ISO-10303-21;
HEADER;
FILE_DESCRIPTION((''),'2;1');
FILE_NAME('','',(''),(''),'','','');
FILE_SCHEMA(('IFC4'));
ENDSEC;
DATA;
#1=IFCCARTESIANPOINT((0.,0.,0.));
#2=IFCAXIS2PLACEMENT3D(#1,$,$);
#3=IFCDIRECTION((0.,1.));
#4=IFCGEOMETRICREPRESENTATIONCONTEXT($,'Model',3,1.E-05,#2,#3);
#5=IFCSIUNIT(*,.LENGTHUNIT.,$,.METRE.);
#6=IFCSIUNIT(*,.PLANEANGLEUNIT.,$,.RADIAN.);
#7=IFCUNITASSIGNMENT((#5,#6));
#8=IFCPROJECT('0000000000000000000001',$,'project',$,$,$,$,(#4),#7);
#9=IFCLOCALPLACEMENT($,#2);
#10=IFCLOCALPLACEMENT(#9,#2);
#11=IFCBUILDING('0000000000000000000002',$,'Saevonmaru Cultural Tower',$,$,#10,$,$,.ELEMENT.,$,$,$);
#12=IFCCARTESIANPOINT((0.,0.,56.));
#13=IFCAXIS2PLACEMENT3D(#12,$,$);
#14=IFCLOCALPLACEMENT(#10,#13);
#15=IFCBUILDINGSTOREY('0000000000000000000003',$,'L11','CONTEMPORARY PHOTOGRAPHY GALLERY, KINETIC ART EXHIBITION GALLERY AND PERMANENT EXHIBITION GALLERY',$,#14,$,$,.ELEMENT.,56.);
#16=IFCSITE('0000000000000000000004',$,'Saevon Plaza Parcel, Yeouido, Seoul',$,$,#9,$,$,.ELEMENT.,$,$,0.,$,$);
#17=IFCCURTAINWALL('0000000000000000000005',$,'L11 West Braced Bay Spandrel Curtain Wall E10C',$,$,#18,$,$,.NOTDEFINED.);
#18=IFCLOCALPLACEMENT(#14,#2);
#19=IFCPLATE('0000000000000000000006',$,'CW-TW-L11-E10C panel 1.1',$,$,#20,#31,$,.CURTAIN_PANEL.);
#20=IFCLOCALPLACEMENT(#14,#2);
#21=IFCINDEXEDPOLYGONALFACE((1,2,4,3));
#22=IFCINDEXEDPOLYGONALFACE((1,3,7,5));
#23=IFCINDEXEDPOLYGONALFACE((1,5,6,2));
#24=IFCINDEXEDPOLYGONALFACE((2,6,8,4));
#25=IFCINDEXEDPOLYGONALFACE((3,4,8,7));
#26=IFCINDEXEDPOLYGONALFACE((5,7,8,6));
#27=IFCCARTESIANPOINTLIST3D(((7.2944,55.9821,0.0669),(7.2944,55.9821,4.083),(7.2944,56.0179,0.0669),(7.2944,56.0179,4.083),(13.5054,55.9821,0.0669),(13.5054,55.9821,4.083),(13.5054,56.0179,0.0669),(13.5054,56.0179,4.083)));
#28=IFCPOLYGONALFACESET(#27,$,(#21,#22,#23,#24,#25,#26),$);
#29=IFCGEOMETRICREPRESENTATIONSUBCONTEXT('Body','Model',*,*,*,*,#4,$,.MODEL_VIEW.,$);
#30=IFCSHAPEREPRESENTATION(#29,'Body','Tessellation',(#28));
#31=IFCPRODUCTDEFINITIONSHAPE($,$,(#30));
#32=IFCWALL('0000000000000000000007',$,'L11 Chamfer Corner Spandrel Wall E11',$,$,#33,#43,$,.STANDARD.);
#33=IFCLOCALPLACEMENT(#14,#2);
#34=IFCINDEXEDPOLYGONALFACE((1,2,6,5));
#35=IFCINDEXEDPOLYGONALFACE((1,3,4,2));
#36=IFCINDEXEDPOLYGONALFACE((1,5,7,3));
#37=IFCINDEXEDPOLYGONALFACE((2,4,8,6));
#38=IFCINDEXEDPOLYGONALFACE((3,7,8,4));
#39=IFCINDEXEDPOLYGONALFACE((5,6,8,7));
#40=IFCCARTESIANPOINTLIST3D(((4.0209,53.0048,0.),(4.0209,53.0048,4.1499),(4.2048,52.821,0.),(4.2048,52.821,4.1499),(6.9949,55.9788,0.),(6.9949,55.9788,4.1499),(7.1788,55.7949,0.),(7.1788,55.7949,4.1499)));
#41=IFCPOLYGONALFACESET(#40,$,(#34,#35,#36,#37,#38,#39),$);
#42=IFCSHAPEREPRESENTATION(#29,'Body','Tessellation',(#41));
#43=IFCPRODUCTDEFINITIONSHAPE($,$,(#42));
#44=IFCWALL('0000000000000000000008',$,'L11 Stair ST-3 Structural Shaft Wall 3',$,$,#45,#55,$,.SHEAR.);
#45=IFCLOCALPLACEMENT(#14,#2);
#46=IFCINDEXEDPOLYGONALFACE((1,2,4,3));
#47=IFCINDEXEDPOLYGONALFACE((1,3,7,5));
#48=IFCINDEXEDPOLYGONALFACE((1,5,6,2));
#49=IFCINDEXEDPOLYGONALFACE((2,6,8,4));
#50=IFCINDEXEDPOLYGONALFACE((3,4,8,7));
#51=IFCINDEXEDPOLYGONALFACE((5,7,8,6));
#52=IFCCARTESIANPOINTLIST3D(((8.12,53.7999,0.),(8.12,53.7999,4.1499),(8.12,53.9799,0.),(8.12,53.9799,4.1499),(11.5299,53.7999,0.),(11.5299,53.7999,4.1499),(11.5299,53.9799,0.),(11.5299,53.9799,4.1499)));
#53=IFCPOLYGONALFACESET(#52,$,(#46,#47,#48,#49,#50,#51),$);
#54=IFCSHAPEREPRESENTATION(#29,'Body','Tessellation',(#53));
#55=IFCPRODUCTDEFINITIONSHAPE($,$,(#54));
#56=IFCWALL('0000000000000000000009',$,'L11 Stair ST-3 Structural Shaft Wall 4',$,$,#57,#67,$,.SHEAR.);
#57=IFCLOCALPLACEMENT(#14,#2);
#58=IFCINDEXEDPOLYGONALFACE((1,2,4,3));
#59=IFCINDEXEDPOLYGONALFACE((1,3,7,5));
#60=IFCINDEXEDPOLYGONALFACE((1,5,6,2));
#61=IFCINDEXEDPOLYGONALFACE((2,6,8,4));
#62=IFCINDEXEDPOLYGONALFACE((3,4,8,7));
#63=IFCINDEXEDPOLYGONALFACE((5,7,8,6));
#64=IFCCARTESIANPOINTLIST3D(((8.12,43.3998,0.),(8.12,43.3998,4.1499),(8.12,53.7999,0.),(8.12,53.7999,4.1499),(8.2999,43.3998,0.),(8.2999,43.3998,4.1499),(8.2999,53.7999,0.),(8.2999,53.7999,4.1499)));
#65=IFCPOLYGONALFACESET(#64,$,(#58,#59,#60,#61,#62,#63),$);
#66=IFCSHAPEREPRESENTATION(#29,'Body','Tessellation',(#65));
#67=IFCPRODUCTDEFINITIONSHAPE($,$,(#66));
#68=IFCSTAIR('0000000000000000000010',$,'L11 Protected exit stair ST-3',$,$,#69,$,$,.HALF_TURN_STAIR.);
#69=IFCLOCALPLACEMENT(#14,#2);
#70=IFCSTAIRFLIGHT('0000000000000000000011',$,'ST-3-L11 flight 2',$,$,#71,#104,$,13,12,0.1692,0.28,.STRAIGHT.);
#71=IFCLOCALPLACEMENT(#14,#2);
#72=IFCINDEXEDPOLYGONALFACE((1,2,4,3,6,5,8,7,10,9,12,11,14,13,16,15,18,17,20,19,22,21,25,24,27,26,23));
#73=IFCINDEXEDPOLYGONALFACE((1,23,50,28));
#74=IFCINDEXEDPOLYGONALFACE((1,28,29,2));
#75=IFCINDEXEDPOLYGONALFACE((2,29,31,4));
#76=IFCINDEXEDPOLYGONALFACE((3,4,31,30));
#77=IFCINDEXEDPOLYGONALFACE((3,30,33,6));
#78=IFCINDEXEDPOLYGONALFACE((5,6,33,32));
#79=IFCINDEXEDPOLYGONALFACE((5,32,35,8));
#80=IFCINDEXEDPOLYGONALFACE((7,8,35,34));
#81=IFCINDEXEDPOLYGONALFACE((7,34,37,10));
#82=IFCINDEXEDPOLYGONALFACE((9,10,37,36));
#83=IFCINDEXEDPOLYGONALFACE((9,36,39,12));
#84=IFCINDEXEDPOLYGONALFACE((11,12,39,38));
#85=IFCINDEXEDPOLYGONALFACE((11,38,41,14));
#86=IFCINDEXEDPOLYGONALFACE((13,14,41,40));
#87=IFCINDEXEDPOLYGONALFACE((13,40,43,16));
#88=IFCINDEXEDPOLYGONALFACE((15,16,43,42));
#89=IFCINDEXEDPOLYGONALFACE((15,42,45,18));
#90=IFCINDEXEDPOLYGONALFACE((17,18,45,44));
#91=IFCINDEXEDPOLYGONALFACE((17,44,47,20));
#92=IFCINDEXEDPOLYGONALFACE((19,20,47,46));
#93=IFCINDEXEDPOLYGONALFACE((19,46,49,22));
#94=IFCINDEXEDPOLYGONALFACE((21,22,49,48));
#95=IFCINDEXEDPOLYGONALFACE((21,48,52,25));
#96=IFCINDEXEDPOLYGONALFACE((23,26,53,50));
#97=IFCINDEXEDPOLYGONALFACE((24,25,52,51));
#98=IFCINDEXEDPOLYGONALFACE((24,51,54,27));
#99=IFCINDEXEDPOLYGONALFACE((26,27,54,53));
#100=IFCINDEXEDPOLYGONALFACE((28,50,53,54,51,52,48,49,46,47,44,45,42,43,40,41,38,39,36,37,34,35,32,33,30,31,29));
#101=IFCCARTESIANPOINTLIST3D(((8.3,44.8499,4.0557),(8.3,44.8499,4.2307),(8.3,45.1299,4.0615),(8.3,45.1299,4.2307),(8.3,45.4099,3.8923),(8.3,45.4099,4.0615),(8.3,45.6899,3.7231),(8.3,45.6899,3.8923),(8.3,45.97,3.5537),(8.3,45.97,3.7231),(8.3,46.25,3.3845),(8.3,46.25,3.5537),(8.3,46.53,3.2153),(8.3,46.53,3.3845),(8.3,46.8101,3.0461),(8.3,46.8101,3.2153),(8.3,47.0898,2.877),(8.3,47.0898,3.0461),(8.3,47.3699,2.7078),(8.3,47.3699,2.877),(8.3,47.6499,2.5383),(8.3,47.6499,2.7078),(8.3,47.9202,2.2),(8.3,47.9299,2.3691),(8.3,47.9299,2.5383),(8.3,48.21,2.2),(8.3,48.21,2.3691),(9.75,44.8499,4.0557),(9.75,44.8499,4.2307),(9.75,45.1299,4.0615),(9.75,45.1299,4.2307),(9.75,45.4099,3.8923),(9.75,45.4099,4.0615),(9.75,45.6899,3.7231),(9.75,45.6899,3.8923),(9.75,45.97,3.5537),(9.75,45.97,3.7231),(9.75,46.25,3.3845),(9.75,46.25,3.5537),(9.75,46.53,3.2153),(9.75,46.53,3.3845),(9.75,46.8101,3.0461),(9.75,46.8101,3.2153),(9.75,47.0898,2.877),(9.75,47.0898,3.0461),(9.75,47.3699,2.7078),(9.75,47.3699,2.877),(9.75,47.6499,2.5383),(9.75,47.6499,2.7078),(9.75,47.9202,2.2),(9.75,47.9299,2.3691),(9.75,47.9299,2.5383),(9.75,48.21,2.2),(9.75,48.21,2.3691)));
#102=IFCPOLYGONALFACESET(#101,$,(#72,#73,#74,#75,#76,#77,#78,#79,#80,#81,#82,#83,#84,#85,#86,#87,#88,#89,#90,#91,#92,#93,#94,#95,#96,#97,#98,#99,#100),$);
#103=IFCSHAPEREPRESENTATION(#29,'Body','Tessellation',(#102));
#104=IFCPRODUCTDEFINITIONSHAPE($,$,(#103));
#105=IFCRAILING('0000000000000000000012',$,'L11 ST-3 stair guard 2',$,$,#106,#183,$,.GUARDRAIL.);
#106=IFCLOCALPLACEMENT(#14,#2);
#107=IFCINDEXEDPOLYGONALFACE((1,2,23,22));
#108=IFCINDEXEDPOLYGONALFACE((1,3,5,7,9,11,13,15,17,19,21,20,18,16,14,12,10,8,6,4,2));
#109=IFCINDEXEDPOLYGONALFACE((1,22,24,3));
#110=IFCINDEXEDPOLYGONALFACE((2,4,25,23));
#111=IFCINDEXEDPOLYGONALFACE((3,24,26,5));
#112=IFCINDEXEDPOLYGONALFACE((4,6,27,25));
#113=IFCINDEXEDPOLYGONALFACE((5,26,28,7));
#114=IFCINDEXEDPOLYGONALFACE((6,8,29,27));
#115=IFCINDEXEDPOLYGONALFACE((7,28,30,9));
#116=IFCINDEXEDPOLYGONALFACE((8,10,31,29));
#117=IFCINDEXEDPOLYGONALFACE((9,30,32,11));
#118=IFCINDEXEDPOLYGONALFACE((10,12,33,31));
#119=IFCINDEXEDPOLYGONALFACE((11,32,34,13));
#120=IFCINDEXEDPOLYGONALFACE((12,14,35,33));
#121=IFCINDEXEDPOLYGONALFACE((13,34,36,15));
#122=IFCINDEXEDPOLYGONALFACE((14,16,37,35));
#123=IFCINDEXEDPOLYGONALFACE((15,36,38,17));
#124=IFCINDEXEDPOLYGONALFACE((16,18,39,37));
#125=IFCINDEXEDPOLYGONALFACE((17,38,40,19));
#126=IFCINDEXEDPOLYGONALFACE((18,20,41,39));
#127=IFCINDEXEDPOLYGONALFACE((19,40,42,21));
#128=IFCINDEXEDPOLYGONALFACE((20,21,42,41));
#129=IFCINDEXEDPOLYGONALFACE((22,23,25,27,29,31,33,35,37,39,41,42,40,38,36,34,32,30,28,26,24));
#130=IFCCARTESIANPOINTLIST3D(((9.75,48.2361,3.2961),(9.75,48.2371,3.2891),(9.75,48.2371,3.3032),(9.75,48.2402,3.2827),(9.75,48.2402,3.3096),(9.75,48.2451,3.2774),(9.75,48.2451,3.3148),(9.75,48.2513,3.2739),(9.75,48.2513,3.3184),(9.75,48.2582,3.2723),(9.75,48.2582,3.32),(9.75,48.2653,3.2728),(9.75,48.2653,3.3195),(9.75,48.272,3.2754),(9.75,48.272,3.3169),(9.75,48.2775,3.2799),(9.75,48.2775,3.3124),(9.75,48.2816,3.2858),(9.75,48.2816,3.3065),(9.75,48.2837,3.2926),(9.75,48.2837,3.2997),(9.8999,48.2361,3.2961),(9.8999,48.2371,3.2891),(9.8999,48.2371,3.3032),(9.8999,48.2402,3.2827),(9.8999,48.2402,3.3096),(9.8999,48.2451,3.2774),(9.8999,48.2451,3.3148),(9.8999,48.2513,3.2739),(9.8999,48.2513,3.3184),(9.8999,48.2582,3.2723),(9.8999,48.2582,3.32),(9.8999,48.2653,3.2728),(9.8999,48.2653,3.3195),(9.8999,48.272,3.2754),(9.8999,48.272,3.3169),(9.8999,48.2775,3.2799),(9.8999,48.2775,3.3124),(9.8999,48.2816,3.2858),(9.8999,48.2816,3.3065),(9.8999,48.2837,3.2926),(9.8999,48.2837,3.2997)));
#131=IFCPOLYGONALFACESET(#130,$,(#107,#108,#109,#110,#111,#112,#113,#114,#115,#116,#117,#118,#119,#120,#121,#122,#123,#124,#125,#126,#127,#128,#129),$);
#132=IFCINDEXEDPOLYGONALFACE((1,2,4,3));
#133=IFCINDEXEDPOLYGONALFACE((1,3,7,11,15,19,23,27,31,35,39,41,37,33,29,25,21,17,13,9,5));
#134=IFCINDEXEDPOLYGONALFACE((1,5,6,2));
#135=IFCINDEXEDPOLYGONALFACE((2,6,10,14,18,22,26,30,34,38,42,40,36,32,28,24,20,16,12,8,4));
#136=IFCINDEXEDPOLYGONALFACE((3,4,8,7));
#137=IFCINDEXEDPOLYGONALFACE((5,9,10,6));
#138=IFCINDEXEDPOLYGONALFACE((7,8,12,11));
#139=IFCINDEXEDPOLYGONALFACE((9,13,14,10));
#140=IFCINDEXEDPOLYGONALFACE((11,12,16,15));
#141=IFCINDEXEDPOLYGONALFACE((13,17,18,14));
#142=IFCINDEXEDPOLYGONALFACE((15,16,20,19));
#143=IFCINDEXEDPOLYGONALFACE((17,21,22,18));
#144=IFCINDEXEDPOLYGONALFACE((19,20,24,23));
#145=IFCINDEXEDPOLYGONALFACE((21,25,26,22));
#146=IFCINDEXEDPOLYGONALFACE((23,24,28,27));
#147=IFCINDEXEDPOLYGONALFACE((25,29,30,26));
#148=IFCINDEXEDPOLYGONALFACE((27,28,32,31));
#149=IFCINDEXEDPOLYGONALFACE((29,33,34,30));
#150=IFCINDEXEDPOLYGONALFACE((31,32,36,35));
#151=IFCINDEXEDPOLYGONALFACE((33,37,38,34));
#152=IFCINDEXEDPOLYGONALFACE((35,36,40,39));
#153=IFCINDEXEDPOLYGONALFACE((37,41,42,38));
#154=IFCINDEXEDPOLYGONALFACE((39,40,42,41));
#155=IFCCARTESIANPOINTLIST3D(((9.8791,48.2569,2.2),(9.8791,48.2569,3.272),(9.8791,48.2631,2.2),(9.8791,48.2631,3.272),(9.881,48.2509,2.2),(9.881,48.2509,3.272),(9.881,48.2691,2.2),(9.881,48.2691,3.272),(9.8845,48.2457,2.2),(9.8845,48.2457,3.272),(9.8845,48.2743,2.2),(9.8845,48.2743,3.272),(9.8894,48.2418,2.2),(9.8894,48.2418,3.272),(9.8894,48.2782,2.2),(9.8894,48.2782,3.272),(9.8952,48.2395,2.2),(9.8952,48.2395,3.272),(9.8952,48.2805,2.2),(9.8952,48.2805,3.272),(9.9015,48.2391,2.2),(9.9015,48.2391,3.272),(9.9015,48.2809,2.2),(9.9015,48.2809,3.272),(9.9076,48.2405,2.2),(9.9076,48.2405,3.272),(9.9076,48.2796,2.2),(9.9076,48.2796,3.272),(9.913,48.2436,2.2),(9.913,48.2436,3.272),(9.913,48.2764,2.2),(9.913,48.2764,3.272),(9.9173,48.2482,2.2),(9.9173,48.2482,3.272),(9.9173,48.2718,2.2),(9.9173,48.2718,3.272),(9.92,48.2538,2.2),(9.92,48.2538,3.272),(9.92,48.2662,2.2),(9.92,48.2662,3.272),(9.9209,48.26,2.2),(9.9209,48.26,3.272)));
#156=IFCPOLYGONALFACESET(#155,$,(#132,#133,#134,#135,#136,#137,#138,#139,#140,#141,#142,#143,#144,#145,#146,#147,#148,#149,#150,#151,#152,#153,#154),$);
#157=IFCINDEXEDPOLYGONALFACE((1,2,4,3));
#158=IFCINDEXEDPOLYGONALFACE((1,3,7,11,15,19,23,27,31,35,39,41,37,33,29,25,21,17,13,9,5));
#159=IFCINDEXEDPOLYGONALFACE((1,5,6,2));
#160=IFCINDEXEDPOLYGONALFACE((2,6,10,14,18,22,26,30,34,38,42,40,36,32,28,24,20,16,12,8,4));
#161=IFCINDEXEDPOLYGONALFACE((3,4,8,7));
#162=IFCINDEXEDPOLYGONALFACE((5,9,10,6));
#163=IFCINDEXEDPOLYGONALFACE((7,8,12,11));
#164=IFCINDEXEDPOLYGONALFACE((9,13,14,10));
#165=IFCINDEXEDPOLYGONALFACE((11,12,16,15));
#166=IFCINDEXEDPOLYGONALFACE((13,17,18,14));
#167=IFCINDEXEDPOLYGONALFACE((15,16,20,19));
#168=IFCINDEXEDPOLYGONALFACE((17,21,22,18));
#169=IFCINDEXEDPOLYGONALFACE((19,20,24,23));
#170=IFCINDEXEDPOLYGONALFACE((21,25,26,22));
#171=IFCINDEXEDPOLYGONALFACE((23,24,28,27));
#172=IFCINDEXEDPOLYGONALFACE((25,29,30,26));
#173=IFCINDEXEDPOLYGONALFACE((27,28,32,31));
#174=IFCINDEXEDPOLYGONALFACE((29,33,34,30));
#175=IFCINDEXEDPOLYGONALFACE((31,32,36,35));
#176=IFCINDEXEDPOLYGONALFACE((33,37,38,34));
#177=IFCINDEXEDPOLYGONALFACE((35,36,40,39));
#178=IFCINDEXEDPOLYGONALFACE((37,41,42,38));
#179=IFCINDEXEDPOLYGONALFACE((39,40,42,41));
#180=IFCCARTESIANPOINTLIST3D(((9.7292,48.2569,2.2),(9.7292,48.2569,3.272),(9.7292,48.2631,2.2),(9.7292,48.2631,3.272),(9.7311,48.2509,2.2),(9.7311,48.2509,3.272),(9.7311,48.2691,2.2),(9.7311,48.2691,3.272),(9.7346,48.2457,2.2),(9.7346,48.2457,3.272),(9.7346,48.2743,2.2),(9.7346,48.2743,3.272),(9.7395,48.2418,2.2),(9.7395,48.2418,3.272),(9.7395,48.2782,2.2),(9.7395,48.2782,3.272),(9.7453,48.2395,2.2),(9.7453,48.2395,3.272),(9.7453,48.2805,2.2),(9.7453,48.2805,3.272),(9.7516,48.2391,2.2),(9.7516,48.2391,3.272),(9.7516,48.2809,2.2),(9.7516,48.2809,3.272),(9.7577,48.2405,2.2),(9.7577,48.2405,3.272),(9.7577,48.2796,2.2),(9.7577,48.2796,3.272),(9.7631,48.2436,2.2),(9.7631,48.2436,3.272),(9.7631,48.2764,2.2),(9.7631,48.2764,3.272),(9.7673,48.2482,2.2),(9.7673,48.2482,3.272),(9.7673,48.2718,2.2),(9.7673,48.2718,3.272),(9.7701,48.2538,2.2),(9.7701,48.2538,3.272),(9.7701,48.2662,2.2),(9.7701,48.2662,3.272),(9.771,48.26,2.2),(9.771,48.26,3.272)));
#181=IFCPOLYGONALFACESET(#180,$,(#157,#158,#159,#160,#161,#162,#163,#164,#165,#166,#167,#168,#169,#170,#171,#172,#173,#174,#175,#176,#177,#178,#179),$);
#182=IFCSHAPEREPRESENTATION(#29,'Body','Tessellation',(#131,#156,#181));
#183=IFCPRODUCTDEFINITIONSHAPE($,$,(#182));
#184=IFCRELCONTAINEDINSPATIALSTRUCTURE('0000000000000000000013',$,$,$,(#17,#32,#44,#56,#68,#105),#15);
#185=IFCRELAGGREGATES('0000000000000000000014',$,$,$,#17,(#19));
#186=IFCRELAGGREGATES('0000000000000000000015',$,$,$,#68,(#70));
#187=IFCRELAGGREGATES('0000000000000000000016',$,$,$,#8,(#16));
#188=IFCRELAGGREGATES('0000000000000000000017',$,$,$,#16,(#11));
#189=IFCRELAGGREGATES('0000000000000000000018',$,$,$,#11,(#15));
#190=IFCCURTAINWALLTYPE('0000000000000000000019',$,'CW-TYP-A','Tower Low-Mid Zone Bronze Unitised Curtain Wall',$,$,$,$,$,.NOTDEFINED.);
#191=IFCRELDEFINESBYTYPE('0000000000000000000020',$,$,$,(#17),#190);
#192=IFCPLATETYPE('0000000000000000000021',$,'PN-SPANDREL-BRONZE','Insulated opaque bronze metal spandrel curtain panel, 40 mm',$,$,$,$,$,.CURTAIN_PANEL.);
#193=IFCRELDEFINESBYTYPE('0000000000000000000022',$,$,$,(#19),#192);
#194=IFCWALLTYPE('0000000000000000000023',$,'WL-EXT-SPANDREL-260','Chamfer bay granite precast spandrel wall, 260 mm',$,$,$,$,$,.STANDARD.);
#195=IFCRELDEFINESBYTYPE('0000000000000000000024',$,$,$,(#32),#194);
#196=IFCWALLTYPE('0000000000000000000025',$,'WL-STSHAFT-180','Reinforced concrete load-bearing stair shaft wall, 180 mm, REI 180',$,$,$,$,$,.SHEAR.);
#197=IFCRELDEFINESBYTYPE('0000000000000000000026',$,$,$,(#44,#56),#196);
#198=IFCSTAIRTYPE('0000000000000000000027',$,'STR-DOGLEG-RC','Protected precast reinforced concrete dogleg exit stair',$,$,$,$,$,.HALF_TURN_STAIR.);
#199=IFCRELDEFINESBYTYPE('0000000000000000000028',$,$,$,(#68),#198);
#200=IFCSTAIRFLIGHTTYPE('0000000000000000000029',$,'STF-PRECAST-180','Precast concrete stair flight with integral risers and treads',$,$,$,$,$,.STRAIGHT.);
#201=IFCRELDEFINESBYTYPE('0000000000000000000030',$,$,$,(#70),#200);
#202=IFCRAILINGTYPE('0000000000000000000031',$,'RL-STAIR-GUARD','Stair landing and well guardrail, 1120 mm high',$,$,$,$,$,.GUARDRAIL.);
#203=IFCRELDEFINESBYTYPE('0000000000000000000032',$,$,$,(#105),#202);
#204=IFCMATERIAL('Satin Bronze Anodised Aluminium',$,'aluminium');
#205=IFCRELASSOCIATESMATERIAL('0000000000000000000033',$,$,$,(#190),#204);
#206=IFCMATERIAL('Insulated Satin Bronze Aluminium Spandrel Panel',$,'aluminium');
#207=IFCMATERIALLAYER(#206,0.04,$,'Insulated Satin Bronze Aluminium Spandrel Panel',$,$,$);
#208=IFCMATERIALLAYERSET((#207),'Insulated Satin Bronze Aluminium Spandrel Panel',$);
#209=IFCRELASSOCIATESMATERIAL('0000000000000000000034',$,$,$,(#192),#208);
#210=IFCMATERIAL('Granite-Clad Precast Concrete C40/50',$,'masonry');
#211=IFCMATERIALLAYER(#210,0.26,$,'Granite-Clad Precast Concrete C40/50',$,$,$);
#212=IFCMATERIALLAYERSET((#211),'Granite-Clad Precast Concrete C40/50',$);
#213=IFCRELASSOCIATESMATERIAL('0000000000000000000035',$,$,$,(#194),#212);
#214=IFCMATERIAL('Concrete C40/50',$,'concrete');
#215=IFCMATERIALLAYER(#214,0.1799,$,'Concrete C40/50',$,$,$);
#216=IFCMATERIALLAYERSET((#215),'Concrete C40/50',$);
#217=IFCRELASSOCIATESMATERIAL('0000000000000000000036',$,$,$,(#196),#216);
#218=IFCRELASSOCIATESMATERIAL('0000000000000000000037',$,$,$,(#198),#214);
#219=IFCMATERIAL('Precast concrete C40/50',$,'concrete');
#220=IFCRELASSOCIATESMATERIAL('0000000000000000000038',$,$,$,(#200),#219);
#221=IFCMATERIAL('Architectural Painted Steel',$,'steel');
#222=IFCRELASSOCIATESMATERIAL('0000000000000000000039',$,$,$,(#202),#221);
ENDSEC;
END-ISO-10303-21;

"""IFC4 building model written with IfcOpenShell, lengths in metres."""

from ifc_helpers import new_model, si_unit, direction, frame, frame_2d, origin, origin_2d, place, context, subcontext, project, spatial, polyline, rectangle, circle, outline, extrude, material, layer, layer_set, type_object, element, aggregate, save


model = new_model("IFC4")

# Units and contexts
model_context = context("Model", 3, precision=1e-05, world=origin(), true_north=direction((0.0, 1.0)))
body_context = subcontext(model_context, "Body", "Model", "MODEL_VIEW")
ifc_project = project(units=[si_unit("LENGTHUNIT", "METRE"), si_unit("PLANEANGLEUNIT", "RADIAN")], contexts=[model_context])

# Site, building, storey
site_placement = place(None, origin())
site = spatial("IfcSite", under=ifc_project, at=site_placement, Name="Saevon Plaza Parcel, Yeouido, Seoul", CompositionType="ELEMENT", RefElevation=0.0)
building_placement = place(site_placement, origin())
building = spatial("IfcBuilding", under=site, at=building_placement, Name="Saevonmaru Cultural Tower", CompositionType="ELEMENT")
storey_placement = place(building_placement, frame((0.0, 0.0, 56.0)))
storey = spatial("IfcBuildingStorey", under=building, at=storey_placement, Name="L11", Description="CONTEMPORARY PHOTOGRAPHY GALLERY, KINETIC ART EXHIBITION GALLERY AND PERMANENT EXHIBITION GALLERY", CompositionType="ELEMENT", Elevation=56.0)

# Curtain wall
ifc_material_1 = material(Name="Satin Bronze Anodised Aluminium", Category="aluminium")
curtain_wall_type = type_object("IfcCurtainWallType", Name="CW-TYP-A", Description="Tower Low-Mid Zone Bronze Unitised Curtain Wall", PredefinedType="NOTDEFINED", material=ifc_material_1)
curtain_wall_1_placement = place(storey_placement, origin())
curtain_wall_1 = element("IfcCurtainWall", 1, at=curtain_wall_1_placement, inside=storey, type_object=curtain_wall_type, Name="L11 West Braced Bay Spandrel Curtain Wall E10C", PredefinedType="NOTDEFINED")

# Plate
ifc_material_2 = material(Name="Insulated Satin Bronze Aluminium Spandrel Panel", Category="aluminium")
ifc_layer_1 = layer(ifc_material_2, 0.04, Name="Insulated Satin Bronze Aluminium Spandrel Panel")
ifc_layer_set_1 = layer_set([ifc_layer_1], Name="Insulated Satin Bronze Aluminium Spandrel Panel")
plate_type_1 = type_object("IfcPlateType", Name="PN-SPANDREL-BRONZE", Description="Insulated opaque bronze metal spandrel curtain panel, 40 mm", PredefinedType="CURTAIN_PANEL", material=ifc_layer_set_1)
plate_1_placement = place(storey_placement, frame((10.3999, 56.0, 0.0669), z_axis=(0.0, 0.0, 1.0), x_axis=(-1.0, 0.0, 0.0)))
plate_1 = element("IfcPlate", 2, at=plate_1_placement, type_object=plate_type_1, Name="CW-TW-L11-E10C panel 1.1", PredefinedType="CURTAIN_PANEL", context=body_context, shape_type="SweptSolid", body=[
    extrude(rectangle(XDim=6.2109, YDim=0.0359, at=origin_2d()), origin(), (0.0, 0.0, 1.0), 4.0161),
])
aggregate(curtain_wall_1, [plate_1])

# Walls
ifc_material_3 = material(Name="Granite-Clad Precast Concrete C40/50", Category="masonry")
ifc_layer_2 = layer(ifc_material_3, 0.26, Name="Granite-Clad Precast Concrete C40/50")
ifc_layer_set_2 = layer_set([ifc_layer_2], Name="Granite-Clad Precast Concrete C40/50")
wall_type_1 = type_object("IfcWallType", Name="WL-EXT-SPANDREL-260", Description="Chamfer bay granite precast spandrel wall, 260 mm", PredefinedType="STANDARD", material=ifc_layer_set_2)
wall_1_placement = place(storey_placement, frame((7.0869, 55.887, 0.0), z_axis=(0.0, 0.0, 1.0), x_axis=(-0.707107, -0.707107, 0.0)))
element("IfcWall", 3, at=wall_1_placement, inside=storey, type_object=wall_type_1, Name="L11 Chamfer Corner Spandrel Wall E11", PredefinedType="STANDARD", context=body_context, shape_type="SweptSolid", body=[
    extrude(rectangle(XDim=4.2058, YDim=0.26, at=frame_2d((2.103, 0.0))), origin(), (0.0, 0.0, 1.0), 4.1499),
])
ifc_material_4 = material(Name="Concrete C40/50", Category="concrete")
ifc_layer_3 = layer(ifc_material_4, 0.1799, Name="Concrete C40/50")
ifc_layer_set_3 = layer_set([ifc_layer_3], Name="Concrete C40/50")
wall_type_2 = type_object("IfcWallType", Name="WL-STSHAFT-180", Description="Reinforced concrete load-bearing stair shaft wall, 180 mm, REI 180", PredefinedType="SHEAR", material=ifc_layer_set_3)
wall_2_placement = place(storey_placement, frame((11.53, 53.8899, 0.0), z_axis=(0.0, 0.0, 1.0), x_axis=(-1.0, 0.0, 0.0)))
element("IfcWall", 4, at=wall_2_placement, inside=storey, type_object=wall_type_2, Name="L11 Stair ST-3 Structural Shaft Wall 3", PredefinedType="SHEAR", context=body_context, shape_type="SweptSolid", body=[
    extrude(rectangle(XDim=3.4099, YDim=0.1799, at=frame_2d((1.7051, 0.0))), origin(), (0.0, 0.0, 1.0), 4.1499),
])
wall_3_placement = place(storey_placement, frame((8.21, 53.8, 0.0), z_axis=(0.0, 0.0, 1.0), x_axis=(0.0, -1.0, 0.0)))
element("IfcWall", 5, at=wall_3_placement, inside=storey, type_object=wall_type_2, Name="L11 Stair ST-3 Structural Shaft Wall 4", PredefinedType="SHEAR", context=body_context, shape_type="SweptSolid", body=[
    extrude(rectangle(XDim=10.4001, YDim=0.1799, at=frame_2d((5.2002, 0.0))), origin(), (0.0, 0.0, 1.0), 4.1499),
])

# Stair, stair flight
stair_type = type_object("IfcStairType", Name="STR-DOGLEG-RC", Description="Protected precast reinforced concrete dogleg exit stair", PredefinedType="HALF_TURN_STAIR", material=ifc_material_4)
stair_placement = place(storey_placement, origin())
stair = element("IfcStair", 6, at=stair_placement, inside=storey, type_object=stair_type, Name="L11 Protected exit stair ST-3", PredefinedType="HALF_TURN_STAIR")
ifc_material_5 = material(Name="Precast concrete C40/50", Category="concrete")
stair_flight_type = type_object("IfcStairFlightType", Name="STF-PRECAST-180", Description="Precast concrete stair flight with integral risers and treads", PredefinedType="STRAIGHT", material=ifc_material_5)
stair_flight_placement = place(storey_placement, frame((9.0249, 48.21, 2.2), z_axis=(0.0, 0.0, 1.0), x_axis=(0.0, -1.0, 0.0)))
stair_flight = element("IfcStairFlight", 7, at=stair_flight_placement, type_object=stair_flight_type, Name="ST-3-L11 flight 2", NumberOfRisers=13, NumberOfTreads=12, PredefinedType="STRAIGHT", RiserHeight=0.1692, TreadLength=0.28, context=body_context, shape_type="SweptSolid", body=[
    extrude(outline(polyline([(0.0, 0.0), (0.0, 0.1692), (0.28, 0.1692), (0.28, 0.3384), (0.5601, 0.3384), (0.5601, 0.5078), (0.8401, 0.5078), (0.8401, 0.677), (1.1201, 0.677), (1.1201, 0.8462), (1.3999, 0.8462), (1.3999, 1.0154), (1.6799, 1.0154), (1.6799, 1.1846), (1.96, 1.1846), (1.96, 1.3538), (2.24, 1.3538), (2.24, 1.5232), (2.52, 1.5232), (2.52, 1.6924), (2.8, 1.6924), (2.8, 1.8616), (3.0801, 1.8616), (3.0801, 2.0308), (3.3601, 2.0308), (3.3601, 2.2), (3.3601, 1.8557), (0.2898, 0.0), (0.0, 0.0)])), frame((0.0, 0.7251, 0.0), z_axis=(0.0, -1.0, 0.0), x_axis=(1.0, 0.0, 0.0)), (0.0, 0.0, 1.0), 1.45),
])
aggregate(stair, [stair_flight])

# Railing
ifc_material_6 = material(Name="Architectural Painted Steel", Category="steel")
railing_type_1 = type_object("IfcRailingType", Name="RL-STAIR-GUARD", Description="Stair landing and well guardrail, 1120 mm high", PredefinedType="GUARDRAIL", material=ifc_material_6)
railing_1_placement = place(storey_placement, frame((9.8999, 48.26, 2.2)))
element("IfcRailing", 8, at=railing_1_placement, inside=storey, type_object=railing_type_1, Name="L11 ST-3 stair guard 2", PredefinedType="GUARDRAIL", context=body_context, shape_type="SweptSolid", body=[
    extrude(circle(Radius=0.0239, at=origin_2d()), frame((0.0, 0.0, 1.0962), z_axis=(-1.0, 0.0, 0.0), x_axis=(0.0, -1.0, 0.0)), (0.0, 0.0, 1.0), 0.1499),
    extrude(circle(Radius=0.021, at=origin_2d()), origin(), (0.0, 0.0, 1.0), 1.072),
    extrude(circle(Radius=0.021, at=origin_2d()), frame((-0.1499, 0.0, 0.0)), (0.0, 0.0, 1.0), 1.072),
])

save(model, "model.ifc")
